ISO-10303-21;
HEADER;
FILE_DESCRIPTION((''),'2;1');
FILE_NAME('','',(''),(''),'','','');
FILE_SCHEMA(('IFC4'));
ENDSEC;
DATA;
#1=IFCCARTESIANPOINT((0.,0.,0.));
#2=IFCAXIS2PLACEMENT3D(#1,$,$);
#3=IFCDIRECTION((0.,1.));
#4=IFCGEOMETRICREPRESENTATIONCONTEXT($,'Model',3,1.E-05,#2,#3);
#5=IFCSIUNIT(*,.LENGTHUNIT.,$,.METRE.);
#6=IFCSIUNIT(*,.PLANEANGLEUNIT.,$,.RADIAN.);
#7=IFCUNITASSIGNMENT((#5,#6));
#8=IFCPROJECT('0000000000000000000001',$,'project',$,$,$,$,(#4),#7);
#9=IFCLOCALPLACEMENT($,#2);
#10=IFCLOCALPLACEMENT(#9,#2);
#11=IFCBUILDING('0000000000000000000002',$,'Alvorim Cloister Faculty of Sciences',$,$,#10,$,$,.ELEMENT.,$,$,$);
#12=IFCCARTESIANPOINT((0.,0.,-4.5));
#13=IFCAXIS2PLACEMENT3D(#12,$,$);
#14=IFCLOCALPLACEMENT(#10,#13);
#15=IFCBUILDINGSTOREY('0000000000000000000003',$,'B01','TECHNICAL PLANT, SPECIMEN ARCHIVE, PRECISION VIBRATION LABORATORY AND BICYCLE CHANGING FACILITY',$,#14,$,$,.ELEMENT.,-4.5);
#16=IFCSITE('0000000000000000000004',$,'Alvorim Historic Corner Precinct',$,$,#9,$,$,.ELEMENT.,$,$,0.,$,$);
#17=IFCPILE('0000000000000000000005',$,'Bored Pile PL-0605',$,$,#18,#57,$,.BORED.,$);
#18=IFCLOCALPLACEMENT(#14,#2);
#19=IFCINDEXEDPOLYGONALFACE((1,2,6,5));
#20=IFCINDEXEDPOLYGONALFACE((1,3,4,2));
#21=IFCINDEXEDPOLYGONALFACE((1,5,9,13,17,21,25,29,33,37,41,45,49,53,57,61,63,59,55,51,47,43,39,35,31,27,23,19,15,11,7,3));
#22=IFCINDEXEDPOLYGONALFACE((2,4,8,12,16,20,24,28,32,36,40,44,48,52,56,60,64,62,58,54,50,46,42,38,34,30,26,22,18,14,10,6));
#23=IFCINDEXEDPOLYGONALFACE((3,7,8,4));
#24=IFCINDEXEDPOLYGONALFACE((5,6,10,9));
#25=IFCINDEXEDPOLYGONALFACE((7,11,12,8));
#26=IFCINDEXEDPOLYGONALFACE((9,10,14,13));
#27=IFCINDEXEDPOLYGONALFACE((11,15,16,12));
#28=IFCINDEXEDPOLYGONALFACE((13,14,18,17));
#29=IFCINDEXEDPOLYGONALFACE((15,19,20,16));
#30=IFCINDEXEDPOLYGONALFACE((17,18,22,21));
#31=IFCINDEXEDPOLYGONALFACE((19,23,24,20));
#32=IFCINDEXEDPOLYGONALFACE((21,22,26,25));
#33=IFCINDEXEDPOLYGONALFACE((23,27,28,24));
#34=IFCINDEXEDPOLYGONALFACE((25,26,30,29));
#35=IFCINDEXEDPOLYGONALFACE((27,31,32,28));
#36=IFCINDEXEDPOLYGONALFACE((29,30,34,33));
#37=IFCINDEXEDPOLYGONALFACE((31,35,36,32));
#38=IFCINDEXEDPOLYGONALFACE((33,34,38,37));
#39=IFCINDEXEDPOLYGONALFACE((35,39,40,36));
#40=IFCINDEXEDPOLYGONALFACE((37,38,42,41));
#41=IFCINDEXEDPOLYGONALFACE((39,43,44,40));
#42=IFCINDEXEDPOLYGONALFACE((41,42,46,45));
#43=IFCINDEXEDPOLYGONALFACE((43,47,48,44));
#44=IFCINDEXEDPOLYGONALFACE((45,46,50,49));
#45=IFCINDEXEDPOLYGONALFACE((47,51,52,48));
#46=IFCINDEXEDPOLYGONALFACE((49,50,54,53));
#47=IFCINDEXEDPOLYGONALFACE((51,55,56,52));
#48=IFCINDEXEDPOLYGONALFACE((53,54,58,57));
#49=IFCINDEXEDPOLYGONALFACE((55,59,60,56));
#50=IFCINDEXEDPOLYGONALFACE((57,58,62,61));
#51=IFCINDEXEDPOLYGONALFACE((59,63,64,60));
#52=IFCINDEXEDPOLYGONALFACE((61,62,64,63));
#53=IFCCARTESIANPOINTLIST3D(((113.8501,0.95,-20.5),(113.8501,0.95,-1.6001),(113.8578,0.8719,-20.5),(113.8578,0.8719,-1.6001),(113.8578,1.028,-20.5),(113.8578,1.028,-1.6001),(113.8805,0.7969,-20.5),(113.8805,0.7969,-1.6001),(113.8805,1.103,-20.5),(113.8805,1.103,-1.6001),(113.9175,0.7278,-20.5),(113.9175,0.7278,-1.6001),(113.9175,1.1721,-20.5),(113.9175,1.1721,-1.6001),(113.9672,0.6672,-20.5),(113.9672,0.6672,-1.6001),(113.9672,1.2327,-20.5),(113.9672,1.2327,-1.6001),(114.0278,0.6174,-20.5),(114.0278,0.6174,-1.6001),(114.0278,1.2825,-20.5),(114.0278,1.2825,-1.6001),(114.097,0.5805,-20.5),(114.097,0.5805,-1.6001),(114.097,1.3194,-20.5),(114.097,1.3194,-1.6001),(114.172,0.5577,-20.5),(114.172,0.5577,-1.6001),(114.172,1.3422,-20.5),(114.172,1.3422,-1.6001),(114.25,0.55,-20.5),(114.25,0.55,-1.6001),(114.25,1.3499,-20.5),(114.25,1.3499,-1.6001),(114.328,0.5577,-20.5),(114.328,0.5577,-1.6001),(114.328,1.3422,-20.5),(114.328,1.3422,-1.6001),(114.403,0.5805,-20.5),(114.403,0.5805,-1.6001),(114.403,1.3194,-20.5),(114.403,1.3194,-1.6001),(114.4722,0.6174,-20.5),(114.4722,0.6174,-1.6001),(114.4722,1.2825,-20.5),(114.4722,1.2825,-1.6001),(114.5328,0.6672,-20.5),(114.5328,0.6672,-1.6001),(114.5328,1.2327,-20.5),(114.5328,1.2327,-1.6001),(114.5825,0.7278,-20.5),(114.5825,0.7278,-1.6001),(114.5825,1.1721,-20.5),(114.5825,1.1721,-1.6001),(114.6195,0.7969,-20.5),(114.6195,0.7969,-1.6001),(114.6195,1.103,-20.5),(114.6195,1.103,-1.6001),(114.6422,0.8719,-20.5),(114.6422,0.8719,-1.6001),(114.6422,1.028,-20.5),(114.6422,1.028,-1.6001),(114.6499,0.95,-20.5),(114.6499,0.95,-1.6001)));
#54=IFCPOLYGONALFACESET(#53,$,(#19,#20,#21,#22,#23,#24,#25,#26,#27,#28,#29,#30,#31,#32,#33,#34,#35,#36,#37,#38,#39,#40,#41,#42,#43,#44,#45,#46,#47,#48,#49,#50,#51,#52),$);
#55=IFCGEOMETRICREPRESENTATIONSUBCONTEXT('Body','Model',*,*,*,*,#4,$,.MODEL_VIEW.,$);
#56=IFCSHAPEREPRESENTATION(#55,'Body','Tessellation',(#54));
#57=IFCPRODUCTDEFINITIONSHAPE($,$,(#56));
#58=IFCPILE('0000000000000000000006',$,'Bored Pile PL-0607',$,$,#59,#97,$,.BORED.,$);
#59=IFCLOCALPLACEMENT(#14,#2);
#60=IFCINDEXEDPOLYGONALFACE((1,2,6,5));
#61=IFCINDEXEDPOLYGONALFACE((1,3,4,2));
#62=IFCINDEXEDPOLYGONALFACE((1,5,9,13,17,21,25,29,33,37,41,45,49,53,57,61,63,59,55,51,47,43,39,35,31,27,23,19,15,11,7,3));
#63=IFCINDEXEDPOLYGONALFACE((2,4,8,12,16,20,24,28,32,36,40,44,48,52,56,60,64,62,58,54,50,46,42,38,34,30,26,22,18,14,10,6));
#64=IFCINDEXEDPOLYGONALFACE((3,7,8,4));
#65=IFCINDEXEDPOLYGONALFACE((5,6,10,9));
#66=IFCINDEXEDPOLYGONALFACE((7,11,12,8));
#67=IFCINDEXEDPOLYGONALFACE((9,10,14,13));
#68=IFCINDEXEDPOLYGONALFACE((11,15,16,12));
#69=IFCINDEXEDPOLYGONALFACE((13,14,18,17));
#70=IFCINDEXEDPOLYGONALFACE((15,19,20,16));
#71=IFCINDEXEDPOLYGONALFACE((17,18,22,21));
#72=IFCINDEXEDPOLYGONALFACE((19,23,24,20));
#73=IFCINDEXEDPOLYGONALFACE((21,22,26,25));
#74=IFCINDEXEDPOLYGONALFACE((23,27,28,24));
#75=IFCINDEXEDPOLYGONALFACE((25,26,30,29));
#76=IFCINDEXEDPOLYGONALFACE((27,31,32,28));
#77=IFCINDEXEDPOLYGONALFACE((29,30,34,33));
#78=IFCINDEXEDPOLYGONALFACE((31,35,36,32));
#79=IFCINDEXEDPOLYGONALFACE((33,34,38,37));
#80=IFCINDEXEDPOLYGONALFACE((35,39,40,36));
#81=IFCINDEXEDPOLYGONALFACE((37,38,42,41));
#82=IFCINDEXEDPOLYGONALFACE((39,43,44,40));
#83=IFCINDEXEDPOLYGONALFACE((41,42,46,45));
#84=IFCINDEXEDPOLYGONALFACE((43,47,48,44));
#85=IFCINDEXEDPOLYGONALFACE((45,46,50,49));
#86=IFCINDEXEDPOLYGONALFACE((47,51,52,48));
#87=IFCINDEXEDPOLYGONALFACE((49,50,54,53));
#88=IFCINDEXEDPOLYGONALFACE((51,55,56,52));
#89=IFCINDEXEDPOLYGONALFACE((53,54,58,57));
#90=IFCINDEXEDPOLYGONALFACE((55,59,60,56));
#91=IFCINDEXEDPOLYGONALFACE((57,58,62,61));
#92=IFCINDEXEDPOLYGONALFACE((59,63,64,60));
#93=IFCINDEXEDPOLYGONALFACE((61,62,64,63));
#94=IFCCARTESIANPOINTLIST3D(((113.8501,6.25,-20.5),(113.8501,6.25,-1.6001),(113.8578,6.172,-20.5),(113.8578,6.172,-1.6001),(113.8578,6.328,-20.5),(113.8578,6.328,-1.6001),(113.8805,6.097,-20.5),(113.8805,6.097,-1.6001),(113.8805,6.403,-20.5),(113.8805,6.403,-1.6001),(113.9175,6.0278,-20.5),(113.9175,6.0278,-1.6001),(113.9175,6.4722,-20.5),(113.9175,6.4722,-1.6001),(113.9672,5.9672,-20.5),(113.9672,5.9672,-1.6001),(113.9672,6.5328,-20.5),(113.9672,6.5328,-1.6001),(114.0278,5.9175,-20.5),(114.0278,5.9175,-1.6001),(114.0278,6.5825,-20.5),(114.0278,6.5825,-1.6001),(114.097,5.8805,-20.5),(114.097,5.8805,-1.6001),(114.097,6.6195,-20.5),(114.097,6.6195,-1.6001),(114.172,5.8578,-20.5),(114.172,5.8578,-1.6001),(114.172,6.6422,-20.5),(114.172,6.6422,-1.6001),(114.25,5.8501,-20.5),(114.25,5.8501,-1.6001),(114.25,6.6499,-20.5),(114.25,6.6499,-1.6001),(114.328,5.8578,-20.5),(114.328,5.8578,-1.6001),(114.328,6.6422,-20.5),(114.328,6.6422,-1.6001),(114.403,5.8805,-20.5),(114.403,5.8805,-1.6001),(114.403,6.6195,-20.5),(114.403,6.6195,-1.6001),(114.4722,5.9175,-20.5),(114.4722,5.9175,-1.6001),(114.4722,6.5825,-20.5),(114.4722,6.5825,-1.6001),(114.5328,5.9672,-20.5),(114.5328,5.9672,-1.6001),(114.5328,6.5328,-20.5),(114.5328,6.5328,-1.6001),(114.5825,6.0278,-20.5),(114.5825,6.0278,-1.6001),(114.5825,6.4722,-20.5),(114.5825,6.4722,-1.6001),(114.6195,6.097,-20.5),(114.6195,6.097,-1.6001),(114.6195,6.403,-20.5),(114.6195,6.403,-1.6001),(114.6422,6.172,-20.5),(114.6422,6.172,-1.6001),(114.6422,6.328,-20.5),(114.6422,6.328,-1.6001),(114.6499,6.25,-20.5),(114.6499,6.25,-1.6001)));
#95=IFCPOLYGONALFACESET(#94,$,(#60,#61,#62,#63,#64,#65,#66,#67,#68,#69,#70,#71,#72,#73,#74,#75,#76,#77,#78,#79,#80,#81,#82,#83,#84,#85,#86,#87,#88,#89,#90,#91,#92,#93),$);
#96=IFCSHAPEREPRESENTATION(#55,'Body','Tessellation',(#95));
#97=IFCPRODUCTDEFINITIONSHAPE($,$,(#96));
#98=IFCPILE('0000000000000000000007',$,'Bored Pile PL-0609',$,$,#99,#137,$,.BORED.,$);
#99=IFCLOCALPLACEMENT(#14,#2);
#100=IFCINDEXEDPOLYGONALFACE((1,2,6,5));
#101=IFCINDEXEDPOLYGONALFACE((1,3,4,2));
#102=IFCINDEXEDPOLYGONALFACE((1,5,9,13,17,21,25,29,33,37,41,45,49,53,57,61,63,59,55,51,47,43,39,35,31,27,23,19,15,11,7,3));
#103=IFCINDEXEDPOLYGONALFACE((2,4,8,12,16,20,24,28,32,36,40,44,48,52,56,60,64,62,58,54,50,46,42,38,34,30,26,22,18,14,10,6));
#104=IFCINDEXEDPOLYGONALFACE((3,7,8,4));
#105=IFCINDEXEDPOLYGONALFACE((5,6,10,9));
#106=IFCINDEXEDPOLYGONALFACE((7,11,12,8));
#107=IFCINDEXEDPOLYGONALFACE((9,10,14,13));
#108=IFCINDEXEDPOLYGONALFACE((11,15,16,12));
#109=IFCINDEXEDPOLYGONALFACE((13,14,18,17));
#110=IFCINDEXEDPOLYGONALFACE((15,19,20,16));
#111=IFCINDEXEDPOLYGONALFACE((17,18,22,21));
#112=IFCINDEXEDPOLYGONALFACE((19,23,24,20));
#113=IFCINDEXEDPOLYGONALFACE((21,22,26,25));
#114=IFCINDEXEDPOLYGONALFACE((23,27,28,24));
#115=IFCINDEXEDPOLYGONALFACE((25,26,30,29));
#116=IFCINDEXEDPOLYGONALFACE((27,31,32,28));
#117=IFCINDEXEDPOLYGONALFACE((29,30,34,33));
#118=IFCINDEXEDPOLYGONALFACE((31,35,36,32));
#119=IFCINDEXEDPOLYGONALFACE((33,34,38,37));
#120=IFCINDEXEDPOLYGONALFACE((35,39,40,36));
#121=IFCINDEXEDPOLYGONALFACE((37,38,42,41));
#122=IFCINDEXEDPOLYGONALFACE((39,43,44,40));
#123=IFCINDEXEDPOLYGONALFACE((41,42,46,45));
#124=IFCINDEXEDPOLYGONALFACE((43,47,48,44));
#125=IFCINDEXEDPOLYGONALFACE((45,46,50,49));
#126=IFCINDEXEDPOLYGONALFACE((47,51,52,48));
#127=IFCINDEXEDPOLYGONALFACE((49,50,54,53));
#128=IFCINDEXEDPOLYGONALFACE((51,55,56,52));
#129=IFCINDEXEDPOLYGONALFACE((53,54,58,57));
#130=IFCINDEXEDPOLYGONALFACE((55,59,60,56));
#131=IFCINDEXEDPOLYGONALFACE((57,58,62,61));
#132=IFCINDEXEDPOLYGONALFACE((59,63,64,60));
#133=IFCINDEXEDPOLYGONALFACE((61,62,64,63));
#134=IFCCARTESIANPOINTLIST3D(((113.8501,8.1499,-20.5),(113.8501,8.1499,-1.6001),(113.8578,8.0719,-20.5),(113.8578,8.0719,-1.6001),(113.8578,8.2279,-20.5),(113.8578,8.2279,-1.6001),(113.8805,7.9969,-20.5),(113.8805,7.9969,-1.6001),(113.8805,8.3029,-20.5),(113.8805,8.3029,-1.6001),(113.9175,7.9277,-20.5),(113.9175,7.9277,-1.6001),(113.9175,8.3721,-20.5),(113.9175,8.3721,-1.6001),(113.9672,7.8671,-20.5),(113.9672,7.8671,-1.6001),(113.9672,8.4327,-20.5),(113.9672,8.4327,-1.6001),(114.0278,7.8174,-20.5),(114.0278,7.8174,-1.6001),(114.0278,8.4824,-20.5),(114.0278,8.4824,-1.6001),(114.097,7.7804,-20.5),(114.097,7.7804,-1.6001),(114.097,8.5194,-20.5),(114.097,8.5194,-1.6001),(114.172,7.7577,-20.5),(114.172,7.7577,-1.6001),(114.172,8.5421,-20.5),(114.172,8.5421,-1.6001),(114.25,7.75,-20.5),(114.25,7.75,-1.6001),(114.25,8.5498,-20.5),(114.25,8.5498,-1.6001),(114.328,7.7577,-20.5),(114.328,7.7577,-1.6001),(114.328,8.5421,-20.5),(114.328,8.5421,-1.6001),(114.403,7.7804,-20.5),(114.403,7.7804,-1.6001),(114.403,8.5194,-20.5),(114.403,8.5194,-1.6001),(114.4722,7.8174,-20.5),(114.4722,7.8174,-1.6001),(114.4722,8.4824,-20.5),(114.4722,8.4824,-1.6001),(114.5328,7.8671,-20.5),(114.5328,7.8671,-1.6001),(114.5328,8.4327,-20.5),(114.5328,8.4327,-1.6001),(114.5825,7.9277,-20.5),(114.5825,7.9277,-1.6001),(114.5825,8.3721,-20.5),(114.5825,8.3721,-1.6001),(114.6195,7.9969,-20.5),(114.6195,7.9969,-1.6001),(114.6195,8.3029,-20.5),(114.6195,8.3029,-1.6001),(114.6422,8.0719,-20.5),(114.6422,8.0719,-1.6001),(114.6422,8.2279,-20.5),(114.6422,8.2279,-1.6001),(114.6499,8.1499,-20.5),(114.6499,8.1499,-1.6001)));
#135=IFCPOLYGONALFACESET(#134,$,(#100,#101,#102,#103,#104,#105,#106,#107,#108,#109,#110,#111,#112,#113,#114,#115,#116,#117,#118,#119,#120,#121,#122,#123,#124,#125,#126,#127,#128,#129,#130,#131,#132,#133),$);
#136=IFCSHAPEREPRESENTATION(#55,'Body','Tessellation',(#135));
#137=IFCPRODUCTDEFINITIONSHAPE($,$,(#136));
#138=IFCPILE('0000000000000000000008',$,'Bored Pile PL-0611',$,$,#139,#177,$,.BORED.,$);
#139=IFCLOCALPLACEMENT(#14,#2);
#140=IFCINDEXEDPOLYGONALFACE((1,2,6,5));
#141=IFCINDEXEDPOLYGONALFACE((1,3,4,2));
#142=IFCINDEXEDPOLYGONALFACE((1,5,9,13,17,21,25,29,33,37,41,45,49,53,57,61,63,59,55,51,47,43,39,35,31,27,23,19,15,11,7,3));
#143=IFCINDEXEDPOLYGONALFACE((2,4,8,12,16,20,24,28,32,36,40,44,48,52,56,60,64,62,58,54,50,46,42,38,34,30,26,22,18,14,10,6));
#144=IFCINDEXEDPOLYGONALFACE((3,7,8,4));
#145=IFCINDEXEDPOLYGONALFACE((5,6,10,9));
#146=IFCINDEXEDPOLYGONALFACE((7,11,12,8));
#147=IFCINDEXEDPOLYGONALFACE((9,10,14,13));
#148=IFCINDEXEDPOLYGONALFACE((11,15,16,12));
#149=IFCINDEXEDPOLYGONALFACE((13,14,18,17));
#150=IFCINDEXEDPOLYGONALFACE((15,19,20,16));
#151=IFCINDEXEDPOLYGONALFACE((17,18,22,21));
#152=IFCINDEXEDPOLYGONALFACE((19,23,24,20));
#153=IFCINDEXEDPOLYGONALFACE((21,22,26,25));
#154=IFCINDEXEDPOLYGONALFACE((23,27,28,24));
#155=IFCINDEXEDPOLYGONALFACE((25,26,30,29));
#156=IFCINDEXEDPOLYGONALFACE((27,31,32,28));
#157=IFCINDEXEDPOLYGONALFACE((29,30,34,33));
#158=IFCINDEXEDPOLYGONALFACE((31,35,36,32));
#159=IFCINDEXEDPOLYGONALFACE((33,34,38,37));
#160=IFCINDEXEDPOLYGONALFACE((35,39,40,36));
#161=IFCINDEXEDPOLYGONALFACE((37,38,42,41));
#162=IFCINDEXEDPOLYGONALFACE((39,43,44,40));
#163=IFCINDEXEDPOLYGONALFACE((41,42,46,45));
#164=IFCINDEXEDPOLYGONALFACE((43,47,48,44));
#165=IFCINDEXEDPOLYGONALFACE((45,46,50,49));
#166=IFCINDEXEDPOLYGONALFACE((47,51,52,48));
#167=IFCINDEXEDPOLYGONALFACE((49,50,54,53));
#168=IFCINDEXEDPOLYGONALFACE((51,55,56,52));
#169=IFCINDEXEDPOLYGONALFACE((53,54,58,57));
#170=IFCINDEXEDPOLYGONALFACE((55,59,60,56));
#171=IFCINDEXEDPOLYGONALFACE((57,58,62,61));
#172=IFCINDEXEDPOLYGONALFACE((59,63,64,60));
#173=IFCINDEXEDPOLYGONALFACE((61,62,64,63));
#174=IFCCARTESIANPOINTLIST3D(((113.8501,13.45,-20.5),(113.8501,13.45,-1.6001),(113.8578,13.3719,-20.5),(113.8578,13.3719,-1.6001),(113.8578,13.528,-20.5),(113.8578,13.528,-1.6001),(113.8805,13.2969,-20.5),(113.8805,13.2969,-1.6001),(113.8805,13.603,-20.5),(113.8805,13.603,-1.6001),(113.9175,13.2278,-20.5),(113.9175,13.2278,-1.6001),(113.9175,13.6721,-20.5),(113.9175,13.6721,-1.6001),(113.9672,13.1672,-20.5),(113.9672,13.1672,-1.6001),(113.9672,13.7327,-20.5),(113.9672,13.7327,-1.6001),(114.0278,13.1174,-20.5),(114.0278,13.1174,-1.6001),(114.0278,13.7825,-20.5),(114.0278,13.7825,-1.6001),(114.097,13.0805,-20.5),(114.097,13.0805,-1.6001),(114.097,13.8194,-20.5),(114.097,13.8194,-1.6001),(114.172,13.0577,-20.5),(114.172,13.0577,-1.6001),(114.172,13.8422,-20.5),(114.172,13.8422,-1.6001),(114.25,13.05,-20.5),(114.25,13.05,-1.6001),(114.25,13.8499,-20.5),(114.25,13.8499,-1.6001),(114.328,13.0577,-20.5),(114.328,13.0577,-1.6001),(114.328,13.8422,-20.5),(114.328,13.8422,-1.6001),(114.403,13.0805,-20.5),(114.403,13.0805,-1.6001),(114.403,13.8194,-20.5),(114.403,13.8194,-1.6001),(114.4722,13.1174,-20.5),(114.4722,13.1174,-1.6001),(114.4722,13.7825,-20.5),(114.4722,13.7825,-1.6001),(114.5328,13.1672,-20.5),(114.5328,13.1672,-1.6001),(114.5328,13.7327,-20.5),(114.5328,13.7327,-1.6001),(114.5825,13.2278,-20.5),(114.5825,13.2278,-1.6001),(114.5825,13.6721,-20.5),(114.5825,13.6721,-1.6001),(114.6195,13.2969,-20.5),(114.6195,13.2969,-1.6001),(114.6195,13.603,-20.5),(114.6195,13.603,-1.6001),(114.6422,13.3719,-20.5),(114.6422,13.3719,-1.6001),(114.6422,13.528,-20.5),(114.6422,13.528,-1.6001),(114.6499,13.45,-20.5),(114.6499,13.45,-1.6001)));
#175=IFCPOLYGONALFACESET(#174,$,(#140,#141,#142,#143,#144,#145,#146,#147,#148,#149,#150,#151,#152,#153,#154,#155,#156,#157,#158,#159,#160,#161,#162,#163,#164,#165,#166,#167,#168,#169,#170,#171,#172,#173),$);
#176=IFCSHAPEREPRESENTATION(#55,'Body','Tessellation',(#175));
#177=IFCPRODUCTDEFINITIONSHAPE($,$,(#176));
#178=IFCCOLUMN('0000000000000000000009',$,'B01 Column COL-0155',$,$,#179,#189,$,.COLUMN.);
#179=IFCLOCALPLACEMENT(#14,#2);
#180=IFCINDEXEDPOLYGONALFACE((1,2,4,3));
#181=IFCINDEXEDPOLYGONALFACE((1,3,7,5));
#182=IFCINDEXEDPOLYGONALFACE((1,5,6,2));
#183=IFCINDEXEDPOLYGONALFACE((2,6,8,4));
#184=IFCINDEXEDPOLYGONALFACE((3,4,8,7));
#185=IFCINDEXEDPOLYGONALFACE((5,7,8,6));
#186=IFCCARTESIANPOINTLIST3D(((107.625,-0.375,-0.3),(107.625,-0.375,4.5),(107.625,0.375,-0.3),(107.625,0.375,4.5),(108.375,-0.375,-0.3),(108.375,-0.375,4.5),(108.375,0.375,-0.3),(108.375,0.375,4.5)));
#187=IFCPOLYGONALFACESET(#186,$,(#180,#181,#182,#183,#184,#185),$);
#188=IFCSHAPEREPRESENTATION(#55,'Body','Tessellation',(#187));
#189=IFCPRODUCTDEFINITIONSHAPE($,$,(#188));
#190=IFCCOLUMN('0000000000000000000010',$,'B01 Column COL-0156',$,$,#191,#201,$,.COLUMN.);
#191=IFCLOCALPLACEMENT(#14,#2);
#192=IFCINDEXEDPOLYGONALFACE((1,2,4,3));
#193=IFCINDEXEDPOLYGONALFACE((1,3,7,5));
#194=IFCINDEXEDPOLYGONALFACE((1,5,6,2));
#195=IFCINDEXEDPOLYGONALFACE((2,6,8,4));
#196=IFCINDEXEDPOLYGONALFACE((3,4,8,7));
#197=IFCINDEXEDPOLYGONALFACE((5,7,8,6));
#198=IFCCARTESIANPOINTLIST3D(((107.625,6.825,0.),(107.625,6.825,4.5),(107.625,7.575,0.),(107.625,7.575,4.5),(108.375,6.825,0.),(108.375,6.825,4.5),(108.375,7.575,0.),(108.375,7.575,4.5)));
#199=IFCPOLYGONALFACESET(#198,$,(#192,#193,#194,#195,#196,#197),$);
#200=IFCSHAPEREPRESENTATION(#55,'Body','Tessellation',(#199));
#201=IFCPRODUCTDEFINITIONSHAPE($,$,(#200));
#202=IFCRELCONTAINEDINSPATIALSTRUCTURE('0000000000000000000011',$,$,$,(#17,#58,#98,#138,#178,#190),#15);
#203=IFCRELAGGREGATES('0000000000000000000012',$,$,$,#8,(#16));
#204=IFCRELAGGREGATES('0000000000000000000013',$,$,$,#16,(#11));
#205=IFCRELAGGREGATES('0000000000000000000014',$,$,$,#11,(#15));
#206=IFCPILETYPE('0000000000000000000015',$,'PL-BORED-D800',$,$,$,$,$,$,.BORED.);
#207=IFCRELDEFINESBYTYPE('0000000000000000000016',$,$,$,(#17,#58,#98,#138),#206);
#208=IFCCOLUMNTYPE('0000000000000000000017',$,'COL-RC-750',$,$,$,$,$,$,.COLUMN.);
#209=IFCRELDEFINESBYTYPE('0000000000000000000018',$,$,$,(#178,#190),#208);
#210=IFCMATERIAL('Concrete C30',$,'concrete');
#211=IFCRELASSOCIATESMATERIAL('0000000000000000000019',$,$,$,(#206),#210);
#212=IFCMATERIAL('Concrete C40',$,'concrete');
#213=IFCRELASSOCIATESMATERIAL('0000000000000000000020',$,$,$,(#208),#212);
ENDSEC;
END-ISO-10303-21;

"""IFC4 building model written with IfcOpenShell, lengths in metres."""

from ifc_helpers import new_model, si_unit, direction, frame, origin, origin_2d, place, context, subcontext, project, spatial, rectangle, circle, extrude, material, material_profile, profile_set, type_object, element, save


model = new_model("IFC4")

# Units and contexts
model_context = context("Model", 3, precision=1e-05, world=origin(), true_north=direction((0.0, 1.0)))
body_context = subcontext(model_context, "Body", "Model", "MODEL_VIEW")
ifc_project = project(units=[si_unit("LENGTHUNIT", "METRE"), si_unit("PLANEANGLEUNIT", "RADIAN")], contexts=[model_context])

# Site, building, storey
site_placement = place(None, origin())
site = spatial("IfcSite", under=ifc_project, at=site_placement, Name="Alvorim Historic Corner Precinct", CompositionType="ELEMENT", RefElevation=0.0)
building_placement = place(site_placement, origin())
building = spatial("IfcBuilding", under=site, at=building_placement, Name="Alvorim Cloister Faculty of Sciences", CompositionType="ELEMENT")
storey_placement = place(building_placement, frame((0.0, 0.0, -4.5)))
storey = spatial("IfcBuildingStorey", under=building, at=storey_placement, Name="B01", Description="TECHNICAL PLANT, SPECIMEN ARCHIVE, PRECISION VIBRATION LABORATORY AND BICYCLE CHANGING FACILITY", CompositionType="ELEMENT", Elevation=-4.5)

# Shared definitions
ifc_material_1 = material(Name="Concrete C40", Category="concrete")

# Piles
ifc_material_2 = material(Name="Concrete C30", Category="concrete")
ifc_material_profile_1 = material_profile(ifc_material_2, circle(Radius=0.3999, at=origin_2d()), Name="PILE-D800")
ifc_profile_set_1 = profile_set([ifc_material_profile_1], Name="Concrete C30")
pile_type_1 = type_object("IfcPileType", Name="PL-BORED-D800", PredefinedType="BORED", material=ifc_profile_set_1)
for number, where, z_axis, x_axis, name in (
    (1, (114.25, 0.95, -1.6001), (0.0, 0.0, -1.0), (1.0, 0.0, 0.0), "Bored Pile PL-0605"),
    (2, (114.25, 6.25, -1.6001), (0.0, 0.0, -1.0), (1.0, 0.0, 0.0), "Bored Pile PL-0607"),
    (3, (114.25, 8.1499, -1.6001), (0.0, 0.0, -1.0), (1.0, 0.0, 0.0), "Bored Pile PL-0609"),
    (4, (114.25, 13.45, -1.6001), (0.0, 0.0, -1.0), (1.0, 0.0, 0.0), "Bored Pile PL-0611"),
):
    element("IfcPile", number, at=place(storey_placement, frame(where, z_axis=z_axis, x_axis=x_axis)), inside=storey, type_object=pile_type_1, Name=name, PredefinedType="BORED", context=body_context, shape_type="SweptSolid", body=[
        extrude(circle(Radius=0.3999, at=origin_2d()), origin(), (0.0, 0.0, 1.0), 18.8999),
    ])

# Columns
ifc_material_profile_2 = material_profile(ifc_material_1, rectangle(XDim=0.75, YDim=0.75, at=origin_2d()), Name="RC40-COL-750x750")
ifc_profile_set_2 = profile_set([ifc_material_profile_2], Name="Concrete C40")
column_type = type_object("IfcColumnType", Name="COL-RC-750", PredefinedType="COLUMN", material=ifc_profile_set_2)
column_1_placement = place(storey_placement, frame((108.0, 0.0, -0.3), z_axis=(0.0, 0.0, 1.0), x_axis=(1.0, 0.0, 0.0)))
element("IfcColumn", 5, at=column_1_placement, inside=storey, type_object=column_type, Name="B01 Column COL-0155", PredefinedType="COLUMN", context=body_context, shape_type="SweptSolid", body=[
    extrude(rectangle(XDim=0.75, YDim=0.75, at=origin_2d()), origin(), (0.0, 0.0, 1.0), 4.8),
])
column_2_placement = place(storey_placement, frame((108.0, 7.2, 0.0), z_axis=(0.0, 0.0, 1.0), x_axis=(1.0, 0.0, 0.0)))
element("IfcColumn", 6, at=column_2_placement, inside=storey, type_object=column_type, Name="B01 Column COL-0156", PredefinedType="COLUMN", context=body_context, shape_type="SweptSolid", body=[
    extrude(rectangle(XDim=0.75, YDim=0.75, at=origin_2d()), origin(), (0.0, 0.0, 1.0), 4.5),
])

save(model, "model.ifc")
